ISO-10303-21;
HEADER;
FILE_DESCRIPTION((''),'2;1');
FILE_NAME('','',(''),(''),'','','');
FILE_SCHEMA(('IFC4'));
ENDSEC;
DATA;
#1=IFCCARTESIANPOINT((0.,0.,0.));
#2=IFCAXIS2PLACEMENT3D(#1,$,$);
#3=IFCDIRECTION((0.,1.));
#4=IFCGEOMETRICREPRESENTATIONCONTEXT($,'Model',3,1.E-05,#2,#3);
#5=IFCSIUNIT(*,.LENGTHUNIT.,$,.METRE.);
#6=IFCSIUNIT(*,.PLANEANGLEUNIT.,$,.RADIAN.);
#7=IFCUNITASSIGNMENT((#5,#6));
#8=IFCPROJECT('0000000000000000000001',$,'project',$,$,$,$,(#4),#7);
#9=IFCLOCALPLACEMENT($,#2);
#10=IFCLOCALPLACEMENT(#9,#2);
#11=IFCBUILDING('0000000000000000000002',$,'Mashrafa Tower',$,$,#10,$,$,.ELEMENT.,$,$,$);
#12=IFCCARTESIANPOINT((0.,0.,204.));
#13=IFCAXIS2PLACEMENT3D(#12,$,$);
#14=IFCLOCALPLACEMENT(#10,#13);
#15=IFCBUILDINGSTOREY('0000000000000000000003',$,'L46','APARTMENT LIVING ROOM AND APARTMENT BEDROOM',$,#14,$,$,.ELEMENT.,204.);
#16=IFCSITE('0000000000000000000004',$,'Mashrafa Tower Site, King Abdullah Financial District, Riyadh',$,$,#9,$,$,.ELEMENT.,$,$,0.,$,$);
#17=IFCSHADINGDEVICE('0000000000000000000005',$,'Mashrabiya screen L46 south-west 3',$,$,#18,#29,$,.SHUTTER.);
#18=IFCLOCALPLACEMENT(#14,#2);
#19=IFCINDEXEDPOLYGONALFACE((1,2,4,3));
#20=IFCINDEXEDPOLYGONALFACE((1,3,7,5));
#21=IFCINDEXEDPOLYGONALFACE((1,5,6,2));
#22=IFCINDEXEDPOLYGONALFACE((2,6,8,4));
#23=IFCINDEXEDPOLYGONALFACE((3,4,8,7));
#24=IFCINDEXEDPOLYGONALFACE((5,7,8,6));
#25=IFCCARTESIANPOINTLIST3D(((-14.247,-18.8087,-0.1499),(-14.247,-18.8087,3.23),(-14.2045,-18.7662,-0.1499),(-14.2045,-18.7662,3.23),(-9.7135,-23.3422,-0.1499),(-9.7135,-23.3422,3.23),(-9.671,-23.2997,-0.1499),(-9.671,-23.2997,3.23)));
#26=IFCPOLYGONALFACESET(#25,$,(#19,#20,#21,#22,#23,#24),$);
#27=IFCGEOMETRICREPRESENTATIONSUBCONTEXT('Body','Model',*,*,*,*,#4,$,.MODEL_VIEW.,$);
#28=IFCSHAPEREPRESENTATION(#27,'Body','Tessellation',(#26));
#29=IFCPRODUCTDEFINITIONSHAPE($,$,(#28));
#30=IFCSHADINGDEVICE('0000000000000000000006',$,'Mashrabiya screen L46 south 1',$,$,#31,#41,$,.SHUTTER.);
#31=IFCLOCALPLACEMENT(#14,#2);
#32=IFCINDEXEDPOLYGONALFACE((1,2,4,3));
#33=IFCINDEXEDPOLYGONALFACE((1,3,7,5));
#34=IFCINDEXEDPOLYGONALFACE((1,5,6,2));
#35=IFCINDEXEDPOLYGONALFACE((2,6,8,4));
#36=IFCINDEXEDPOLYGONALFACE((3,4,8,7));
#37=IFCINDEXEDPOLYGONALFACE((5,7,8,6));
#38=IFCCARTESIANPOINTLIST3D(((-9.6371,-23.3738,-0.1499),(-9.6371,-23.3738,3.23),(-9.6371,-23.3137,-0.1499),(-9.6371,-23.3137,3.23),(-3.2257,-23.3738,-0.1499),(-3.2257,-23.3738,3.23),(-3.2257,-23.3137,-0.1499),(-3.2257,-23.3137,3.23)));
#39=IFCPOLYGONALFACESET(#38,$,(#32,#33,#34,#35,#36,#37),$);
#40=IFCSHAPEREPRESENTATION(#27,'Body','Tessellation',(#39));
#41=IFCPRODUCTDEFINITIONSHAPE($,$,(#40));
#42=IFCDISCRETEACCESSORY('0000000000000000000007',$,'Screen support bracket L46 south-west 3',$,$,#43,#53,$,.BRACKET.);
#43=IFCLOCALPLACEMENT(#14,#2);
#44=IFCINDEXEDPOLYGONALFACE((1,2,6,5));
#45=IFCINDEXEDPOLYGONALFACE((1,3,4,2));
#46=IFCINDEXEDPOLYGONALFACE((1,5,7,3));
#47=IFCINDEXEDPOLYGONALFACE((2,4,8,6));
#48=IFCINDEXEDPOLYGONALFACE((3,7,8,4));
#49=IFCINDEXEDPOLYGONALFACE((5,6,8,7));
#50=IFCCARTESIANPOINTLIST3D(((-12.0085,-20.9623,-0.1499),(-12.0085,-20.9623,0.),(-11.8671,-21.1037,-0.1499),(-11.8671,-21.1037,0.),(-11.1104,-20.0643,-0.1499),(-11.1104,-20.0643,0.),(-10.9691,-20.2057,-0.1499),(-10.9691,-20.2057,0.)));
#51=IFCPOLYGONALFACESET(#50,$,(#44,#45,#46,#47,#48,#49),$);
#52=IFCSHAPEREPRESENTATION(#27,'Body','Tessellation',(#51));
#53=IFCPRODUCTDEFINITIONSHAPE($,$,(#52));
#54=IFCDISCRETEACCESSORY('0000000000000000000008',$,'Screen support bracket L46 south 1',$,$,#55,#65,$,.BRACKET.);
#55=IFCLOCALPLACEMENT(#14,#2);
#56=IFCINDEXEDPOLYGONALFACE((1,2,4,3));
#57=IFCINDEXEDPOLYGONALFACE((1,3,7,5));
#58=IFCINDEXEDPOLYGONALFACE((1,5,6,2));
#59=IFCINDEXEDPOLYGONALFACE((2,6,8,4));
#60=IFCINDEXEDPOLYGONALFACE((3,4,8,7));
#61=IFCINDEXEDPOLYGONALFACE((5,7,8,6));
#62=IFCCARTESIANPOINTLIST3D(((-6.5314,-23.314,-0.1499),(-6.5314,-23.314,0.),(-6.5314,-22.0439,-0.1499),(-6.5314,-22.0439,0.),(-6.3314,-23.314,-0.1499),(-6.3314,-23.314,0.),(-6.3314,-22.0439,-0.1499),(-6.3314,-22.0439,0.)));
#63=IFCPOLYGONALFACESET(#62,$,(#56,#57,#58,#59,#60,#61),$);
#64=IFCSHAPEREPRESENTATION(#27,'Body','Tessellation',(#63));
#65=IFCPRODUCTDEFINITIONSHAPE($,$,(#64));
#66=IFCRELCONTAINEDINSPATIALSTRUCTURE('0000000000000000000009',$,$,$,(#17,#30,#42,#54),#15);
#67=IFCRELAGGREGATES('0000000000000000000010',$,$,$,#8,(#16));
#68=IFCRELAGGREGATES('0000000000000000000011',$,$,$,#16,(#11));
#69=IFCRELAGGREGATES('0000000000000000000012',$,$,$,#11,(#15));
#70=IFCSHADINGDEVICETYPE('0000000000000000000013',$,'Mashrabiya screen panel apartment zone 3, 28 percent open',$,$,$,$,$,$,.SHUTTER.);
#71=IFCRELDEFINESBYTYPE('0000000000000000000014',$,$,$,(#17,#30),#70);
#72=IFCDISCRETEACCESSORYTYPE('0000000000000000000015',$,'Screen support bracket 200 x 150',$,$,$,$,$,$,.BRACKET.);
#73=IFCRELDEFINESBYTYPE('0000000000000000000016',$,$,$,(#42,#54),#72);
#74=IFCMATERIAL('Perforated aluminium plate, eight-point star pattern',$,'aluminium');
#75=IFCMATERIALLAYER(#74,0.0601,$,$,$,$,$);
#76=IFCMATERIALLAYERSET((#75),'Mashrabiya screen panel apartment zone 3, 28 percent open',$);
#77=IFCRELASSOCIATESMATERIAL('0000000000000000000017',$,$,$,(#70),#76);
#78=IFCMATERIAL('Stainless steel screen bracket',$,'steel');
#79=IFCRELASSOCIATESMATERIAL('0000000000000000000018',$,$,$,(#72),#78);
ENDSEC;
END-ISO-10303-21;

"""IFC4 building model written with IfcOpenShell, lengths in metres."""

from ifc_helpers import new_model, si_unit, direction, frame, origin, origin_2d, place, context, subcontext, project, spatial, rectangle, extrude, source, transform, mapped, material, layer, layer_set, type_object, type_shapes, element, save


model = new_model("IFC4")

# Units and contexts
model_context = context("Model", 3, precision=1e-05, world=origin(), true_north=direction((0.0, 1.0)))
body_context = subcontext(model_context, "Body", "Model", "MODEL_VIEW")
ifc_project = project(units=[si_unit("LENGTHUNIT", "METRE"), si_unit("PLANEANGLEUNIT", "RADIAN")], contexts=[model_context])

# Site, building, storey
site_placement = place(None, origin())
site = spatial("IfcSite", under=ifc_project, at=site_placement, Name="Mashrafa Tower Site, King Abdullah Financial District, Riyadh", CompositionType="ELEMENT", RefElevation=0.0)
building_placement = place(site_placement, origin())
building = spatial("IfcBuilding", under=site, at=building_placement, Name="Mashrafa Tower", CompositionType="ELEMENT")
storey_placement = place(building_placement, frame((0.0, 0.0, 204.0)))
storey = spatial("IfcBuildingStorey", under=building, at=storey_placement, Name="L46", Description="APARTMENT LIVING ROOM AND APARTMENT BEDROOM", CompositionType="ELEMENT", Elevation=204.0)

# Shading devices
ifc_material_1 = material(Name="Perforated aluminium plate, eight-point star pattern", Category="aluminium")
ifc_layer_1 = layer(ifc_material_1, 0.0601)
ifc_layer_set_1 = layer_set([ifc_layer_1], Name="Mashrabiya screen panel apartment zone 3, 28 percent open")
shading_device_type = type_object("IfcShadingDeviceType", Name="Mashrabiya screen panel apartment zone 3, 28 percent open", PredefinedType="SHUTTER", material=ifc_layer_set_1)
shared_shape_1 = source(origin(), body_context, "Body", "SweptSolid", [
    extrude(rectangle(XDim=6.4114, YDim=0.0601, at=origin_2d()), origin(), (0.0, 0.0, 1.0), 3.3799),
])
type_shapes(shading_device_type, [shared_shape_1])
for number, where, z_axis, x_axis, name in (
    (1, (-11.959, -21.0542, -0.1499), (0.0, 0.0, 1.0), (0.707107, -0.707107, 0.0), "Mashrabiya screen L46 south-west 3"),
    (2, (-6.4314, -23.3438, -0.1499), (0.0, 0.0, 1.0), (1.0, 0.0, 0.0), "Mashrabiya screen L46 south 1"),
):
    element("IfcShadingDevice", number, at=place(storey_placement, frame(where, z_axis=z_axis, x_axis=x_axis)), inside=storey, type_object=shading_device_type, Name=name, PredefinedType="SHUTTER", context=body_context, shape_type="MappedRepresentation", body=[
        mapped(shared_shape_1, transform((0.0, 0.0, 0.0))),
    ])

# Discrete accessories
ifc_material_2 = material(Name="Stainless steel screen bracket", Category="steel")
discrete_accessory_type = type_object("IfcDiscreteAccessoryType", Name="Screen support bracket 200 x 150", PredefinedType="BRACKET", material=ifc_material_2)
shared_shape_2 = source(origin(), body_context, "Body", "SweptSolid", [
    extrude(rectangle(XDim=0.2, YDim=1.27, at=origin_2d()), origin(), (0.0, 0.0, 1.0), 0.1499),
])
type_shapes(discrete_accessory_type, [shared_shape_2])
for number, where, z_axis, x_axis, name in (
    (3, (-11.4888, -20.584, -0.1499), (0.0, 0.0, 1.0), (0.707107, -0.707107, 0.0), "Screen support bracket L46 south-west 3"),
    (4, (-6.4314, -22.679, -0.1499), (0.0, 0.0, 1.0), (1.0, 0.0, 0.0), "Screen support bracket L46 south 1"),
):
    element("IfcDiscreteAccessory", number, at=place(storey_placement, frame(where, z_axis=z_axis, x_axis=x_axis)), inside=storey, type_object=discrete_accessory_type, Name=name, PredefinedType="BRACKET", context=body_context, shape_type="MappedRepresentation", body=[
        mapped(shared_shape_2, transform((0.0, 0.0, 0.0))),
    ])

save(model, "model.ifc")
